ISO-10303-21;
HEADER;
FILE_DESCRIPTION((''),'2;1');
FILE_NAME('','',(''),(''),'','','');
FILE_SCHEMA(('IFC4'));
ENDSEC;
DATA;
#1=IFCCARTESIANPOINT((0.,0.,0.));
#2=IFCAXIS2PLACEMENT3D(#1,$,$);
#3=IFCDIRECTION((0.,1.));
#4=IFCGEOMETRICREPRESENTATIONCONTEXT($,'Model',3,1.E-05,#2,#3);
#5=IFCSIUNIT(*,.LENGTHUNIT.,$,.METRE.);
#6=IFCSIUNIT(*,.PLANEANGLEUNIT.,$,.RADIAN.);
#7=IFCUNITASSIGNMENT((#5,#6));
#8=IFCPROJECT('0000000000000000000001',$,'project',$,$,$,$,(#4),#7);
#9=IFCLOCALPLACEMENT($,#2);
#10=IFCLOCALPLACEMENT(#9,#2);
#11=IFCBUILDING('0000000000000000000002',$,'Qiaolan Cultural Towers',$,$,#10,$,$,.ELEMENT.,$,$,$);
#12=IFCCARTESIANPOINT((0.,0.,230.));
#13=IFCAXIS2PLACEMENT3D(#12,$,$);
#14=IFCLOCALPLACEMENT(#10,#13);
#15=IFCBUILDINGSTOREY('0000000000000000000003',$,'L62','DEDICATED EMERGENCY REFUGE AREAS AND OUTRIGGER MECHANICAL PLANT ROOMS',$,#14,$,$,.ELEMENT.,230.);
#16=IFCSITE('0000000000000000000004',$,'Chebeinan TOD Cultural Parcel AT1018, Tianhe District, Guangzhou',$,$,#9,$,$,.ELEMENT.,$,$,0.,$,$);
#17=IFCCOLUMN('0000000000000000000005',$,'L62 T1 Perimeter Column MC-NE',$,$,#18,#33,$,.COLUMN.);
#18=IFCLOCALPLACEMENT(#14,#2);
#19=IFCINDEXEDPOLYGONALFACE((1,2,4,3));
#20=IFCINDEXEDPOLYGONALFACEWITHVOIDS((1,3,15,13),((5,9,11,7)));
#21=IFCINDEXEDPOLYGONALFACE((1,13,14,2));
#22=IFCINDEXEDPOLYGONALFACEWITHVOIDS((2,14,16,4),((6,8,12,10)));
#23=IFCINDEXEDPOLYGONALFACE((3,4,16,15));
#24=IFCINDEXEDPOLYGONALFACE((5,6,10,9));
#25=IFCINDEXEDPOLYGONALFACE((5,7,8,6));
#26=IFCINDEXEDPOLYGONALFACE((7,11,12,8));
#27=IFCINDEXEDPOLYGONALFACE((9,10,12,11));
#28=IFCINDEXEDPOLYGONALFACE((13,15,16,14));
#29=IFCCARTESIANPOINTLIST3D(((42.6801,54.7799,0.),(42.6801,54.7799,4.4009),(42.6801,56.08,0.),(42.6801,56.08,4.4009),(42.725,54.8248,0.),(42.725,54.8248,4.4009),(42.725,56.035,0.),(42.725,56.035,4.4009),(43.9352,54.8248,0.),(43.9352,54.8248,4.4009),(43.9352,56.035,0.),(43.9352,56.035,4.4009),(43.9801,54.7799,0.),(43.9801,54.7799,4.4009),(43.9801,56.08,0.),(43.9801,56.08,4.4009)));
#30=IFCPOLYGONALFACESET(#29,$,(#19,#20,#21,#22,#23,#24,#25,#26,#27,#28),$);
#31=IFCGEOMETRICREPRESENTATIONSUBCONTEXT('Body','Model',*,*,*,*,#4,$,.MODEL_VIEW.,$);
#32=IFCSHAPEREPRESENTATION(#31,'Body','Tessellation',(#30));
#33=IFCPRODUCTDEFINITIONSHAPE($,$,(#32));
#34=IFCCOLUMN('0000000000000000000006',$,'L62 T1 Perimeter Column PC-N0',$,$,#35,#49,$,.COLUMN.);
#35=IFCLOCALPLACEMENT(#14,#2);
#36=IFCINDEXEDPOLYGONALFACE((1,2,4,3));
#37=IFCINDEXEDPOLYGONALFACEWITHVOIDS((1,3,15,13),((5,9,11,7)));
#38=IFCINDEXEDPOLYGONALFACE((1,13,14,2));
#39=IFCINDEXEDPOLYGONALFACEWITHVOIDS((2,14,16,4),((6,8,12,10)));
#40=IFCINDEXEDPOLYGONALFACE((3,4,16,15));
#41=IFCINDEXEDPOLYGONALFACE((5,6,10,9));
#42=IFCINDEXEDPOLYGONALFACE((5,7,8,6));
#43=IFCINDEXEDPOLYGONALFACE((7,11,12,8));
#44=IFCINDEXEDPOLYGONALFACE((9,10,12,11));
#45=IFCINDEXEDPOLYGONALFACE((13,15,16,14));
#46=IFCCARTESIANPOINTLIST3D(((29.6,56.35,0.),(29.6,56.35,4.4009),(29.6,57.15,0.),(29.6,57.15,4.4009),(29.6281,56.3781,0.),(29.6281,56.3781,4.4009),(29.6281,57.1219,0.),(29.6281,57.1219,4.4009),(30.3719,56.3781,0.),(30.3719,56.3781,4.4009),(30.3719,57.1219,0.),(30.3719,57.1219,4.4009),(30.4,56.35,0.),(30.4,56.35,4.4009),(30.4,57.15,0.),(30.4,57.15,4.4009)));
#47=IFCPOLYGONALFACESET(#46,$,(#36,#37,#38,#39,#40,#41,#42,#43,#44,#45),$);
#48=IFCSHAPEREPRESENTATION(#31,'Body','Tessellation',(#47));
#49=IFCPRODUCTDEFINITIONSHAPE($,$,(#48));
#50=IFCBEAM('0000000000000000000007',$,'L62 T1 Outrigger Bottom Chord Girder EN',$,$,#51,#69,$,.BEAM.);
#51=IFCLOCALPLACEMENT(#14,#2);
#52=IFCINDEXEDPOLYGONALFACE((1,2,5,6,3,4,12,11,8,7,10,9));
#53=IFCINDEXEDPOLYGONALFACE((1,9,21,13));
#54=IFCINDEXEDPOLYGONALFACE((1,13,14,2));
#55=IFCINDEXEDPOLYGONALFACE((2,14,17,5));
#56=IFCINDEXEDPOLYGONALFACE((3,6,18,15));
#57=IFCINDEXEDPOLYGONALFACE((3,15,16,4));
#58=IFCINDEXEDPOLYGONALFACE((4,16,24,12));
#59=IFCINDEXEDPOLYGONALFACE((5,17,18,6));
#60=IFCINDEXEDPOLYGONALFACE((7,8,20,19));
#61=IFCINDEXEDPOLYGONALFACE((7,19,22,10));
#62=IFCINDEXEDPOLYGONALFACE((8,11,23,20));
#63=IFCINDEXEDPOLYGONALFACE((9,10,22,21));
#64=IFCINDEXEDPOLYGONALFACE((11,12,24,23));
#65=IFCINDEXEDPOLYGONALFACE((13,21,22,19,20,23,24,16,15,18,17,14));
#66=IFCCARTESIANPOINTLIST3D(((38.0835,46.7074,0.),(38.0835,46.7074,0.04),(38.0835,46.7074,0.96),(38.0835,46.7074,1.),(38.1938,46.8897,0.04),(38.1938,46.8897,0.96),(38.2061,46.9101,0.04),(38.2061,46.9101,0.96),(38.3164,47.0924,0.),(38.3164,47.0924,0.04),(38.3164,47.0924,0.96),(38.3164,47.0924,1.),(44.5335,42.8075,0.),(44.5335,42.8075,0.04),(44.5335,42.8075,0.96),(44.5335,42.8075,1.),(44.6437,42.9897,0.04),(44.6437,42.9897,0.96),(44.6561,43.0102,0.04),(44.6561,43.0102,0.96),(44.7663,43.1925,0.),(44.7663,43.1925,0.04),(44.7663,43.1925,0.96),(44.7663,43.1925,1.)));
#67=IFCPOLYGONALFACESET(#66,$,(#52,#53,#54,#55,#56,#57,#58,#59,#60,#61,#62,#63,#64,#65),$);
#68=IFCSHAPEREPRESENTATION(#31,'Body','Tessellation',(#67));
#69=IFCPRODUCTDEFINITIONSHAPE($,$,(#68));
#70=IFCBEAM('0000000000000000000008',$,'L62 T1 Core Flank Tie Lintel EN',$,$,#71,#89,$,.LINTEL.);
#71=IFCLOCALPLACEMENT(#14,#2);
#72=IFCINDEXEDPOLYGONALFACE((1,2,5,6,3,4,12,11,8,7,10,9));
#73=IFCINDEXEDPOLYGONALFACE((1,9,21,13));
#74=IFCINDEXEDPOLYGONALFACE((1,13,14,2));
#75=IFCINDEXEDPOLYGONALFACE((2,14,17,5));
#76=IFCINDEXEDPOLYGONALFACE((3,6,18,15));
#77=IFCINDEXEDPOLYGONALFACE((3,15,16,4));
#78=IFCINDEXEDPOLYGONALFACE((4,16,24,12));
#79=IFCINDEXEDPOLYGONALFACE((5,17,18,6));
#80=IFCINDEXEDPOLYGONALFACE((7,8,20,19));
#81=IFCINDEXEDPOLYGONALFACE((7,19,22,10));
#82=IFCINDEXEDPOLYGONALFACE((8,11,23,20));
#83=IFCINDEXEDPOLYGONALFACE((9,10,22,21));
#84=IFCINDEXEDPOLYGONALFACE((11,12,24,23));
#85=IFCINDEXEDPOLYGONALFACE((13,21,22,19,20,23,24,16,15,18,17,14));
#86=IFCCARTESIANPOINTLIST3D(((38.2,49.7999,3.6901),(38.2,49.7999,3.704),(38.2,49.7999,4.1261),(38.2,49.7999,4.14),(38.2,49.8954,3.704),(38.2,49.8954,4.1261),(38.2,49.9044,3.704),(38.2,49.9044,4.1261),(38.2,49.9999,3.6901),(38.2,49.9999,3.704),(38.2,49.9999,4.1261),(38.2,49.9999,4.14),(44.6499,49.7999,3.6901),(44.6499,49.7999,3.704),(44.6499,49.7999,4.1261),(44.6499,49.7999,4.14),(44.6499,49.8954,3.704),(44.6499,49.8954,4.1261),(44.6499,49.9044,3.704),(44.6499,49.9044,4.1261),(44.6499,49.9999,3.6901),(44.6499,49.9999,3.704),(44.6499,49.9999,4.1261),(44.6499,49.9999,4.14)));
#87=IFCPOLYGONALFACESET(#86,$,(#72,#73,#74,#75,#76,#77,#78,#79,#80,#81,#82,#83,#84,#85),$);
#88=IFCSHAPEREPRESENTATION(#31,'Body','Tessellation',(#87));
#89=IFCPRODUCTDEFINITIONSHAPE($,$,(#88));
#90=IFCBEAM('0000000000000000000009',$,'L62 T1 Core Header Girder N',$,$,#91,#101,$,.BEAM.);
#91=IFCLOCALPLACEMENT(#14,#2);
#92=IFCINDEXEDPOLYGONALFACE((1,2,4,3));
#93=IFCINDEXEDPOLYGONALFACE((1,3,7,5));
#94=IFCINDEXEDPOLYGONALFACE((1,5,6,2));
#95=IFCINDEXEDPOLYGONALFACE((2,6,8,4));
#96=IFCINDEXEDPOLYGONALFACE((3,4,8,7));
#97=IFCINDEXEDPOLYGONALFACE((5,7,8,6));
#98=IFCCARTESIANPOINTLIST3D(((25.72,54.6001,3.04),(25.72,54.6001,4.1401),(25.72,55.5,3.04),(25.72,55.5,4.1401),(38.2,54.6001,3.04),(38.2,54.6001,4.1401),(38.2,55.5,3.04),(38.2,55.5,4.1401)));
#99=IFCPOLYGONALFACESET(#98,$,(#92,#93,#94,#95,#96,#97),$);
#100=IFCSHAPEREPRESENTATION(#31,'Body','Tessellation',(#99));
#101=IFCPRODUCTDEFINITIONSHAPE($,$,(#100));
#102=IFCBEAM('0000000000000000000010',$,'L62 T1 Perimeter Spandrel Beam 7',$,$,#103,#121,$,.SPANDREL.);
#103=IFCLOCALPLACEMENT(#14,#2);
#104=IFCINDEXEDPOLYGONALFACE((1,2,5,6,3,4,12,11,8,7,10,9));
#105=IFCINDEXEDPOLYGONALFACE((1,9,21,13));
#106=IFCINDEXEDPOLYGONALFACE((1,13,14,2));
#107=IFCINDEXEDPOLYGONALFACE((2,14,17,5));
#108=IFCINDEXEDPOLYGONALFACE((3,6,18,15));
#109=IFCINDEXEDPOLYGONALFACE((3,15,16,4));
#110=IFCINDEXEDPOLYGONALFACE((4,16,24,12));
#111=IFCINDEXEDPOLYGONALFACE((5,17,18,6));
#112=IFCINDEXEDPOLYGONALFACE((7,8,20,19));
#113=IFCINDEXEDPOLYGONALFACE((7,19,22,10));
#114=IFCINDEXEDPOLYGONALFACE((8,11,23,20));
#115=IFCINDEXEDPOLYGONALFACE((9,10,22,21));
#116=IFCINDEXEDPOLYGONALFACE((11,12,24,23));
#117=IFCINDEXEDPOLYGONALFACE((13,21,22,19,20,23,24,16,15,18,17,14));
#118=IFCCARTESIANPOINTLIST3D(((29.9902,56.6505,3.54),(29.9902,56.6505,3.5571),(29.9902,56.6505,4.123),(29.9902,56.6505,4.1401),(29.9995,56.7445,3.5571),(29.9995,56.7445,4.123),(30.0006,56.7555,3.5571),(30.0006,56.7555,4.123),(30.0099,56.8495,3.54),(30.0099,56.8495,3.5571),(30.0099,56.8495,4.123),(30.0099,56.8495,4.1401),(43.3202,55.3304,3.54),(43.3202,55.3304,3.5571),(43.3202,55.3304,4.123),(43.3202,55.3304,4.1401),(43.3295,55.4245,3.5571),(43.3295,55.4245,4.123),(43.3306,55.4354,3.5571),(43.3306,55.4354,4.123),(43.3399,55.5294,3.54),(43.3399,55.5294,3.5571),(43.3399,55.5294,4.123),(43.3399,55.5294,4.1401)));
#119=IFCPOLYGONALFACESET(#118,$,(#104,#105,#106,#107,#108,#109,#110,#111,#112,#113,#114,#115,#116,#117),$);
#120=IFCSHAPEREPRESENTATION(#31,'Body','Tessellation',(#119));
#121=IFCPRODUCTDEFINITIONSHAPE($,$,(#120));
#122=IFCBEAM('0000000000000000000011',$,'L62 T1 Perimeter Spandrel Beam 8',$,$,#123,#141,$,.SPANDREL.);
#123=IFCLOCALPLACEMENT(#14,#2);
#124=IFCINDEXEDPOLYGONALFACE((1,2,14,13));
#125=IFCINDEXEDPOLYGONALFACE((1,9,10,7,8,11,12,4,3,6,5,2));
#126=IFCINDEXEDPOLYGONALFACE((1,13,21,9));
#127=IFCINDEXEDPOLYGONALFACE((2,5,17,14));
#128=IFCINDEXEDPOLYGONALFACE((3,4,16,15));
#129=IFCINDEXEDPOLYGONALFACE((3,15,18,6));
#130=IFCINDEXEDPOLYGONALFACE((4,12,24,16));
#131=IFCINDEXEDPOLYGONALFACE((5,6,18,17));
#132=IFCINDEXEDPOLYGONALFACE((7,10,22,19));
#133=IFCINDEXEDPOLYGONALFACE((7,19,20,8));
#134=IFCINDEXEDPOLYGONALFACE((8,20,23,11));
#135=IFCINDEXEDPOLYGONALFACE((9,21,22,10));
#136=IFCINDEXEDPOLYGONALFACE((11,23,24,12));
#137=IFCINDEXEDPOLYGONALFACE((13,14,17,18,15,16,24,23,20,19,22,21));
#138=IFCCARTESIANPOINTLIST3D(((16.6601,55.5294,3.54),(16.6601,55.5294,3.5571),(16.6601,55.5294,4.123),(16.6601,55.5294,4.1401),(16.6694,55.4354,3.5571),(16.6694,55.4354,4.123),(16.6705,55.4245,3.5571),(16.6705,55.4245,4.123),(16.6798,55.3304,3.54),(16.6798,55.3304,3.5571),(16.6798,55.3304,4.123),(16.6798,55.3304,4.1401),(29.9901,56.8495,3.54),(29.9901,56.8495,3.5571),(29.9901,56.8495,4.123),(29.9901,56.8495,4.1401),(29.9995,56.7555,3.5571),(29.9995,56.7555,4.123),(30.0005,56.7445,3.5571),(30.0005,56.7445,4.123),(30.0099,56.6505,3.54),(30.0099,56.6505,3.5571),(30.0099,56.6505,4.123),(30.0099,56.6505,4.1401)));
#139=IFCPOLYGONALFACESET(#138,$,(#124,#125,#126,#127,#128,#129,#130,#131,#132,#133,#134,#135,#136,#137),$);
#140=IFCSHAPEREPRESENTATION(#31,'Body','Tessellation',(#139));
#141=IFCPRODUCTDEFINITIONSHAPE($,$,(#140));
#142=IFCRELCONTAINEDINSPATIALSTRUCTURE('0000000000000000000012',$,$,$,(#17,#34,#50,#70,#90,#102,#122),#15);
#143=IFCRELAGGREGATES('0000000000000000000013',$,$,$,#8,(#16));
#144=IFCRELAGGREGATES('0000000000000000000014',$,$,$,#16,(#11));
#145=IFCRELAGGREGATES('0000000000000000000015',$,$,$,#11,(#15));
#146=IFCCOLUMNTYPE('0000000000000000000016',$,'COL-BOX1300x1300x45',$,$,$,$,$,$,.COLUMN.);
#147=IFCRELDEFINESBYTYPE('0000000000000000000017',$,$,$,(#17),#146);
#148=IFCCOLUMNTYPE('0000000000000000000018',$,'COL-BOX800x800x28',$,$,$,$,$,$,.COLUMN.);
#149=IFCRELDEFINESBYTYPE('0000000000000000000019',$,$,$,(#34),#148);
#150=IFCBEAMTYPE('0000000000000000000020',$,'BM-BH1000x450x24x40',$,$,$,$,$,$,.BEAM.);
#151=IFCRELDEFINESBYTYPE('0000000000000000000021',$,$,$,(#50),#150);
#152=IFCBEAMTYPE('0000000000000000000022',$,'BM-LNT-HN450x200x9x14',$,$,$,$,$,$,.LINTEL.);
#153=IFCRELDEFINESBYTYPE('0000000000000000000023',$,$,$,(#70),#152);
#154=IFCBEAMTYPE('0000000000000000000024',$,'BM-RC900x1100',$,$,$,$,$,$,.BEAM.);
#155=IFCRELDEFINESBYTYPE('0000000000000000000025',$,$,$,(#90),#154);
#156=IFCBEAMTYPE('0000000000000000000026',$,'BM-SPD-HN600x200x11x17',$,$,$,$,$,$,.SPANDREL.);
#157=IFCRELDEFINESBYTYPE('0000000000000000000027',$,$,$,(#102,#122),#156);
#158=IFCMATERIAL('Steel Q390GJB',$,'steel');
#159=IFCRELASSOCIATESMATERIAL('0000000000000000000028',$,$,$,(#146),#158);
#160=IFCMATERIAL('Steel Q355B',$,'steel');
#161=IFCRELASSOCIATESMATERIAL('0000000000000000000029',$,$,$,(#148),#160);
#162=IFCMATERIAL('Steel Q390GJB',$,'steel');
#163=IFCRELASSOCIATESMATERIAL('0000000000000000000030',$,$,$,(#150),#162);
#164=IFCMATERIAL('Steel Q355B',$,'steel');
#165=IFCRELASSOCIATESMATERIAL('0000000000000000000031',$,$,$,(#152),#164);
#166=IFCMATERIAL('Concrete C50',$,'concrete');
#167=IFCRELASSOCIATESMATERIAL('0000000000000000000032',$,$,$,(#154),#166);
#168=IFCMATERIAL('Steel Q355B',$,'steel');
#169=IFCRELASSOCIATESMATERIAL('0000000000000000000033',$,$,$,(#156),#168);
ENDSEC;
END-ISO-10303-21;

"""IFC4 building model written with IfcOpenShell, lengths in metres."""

from ifc_helpers import new_model, si_unit, direction, frame, origin, origin_2d, place, context, subcontext, project, spatial, rectangle, hollow_rectangle, i_section, extrude, material, material_profile, profile_set, type_object, element, save


model = new_model("IFC4")

# Units and contexts
model_context = context("Model", 3, precision=1e-05, world=origin(), true_north=direction((0.0, 1.0)))
body_context = subcontext(model_context, "Body", "Model", "MODEL_VIEW")
ifc_project = project(units=[si_unit("LENGTHUNIT", "METRE"), si_unit("PLANEANGLEUNIT", "RADIAN")], contexts=[model_context])

# Site, building, storey
site_placement = place(None, origin())
site = spatial("IfcSite", under=ifc_project, at=site_placement, Name="Chebeinan TOD Cultural Parcel AT1018, Tianhe District, Guangzhou", CompositionType="ELEMENT", RefElevation=0.0)
building_placement = place(site_placement, origin())
building = spatial("IfcBuilding", under=site, at=building_placement, Name="Qiaolan Cultural Towers", CompositionType="ELEMENT")
storey_placement = place(building_placement, frame((0.0, 0.0, 230.0)))
storey = spatial("IfcBuildingStorey", under=building, at=storey_placement, Name="L62", Description="DEDICATED EMERGENCY REFUGE AREAS AND OUTRIGGER MECHANICAL PLANT ROOMS", CompositionType="ELEMENT", Elevation=230.0)

# Columns
ifc_material_1 = material(Name="Steel Q390GJB", Category="steel")
ifc_material_profile_1 = material_profile(ifc_material_1, hollow_rectangle(XDim=1.3, YDim=1.3, WallThickness=0.0449, at=origin_2d()), Name="BOX1300x1300x45")
ifc_profile_set_1 = profile_set([ifc_material_profile_1], Name="Steel Q390GJB")
column_type_1 = type_object("IfcColumnType", Name="COL-BOX1300x1300x45", PredefinedType="COLUMN", material=ifc_profile_set_1)
column_1_placement = place(storey_placement, frame((43.3301, 55.4299, 0.0), z_axis=(0.0, 0.0, 1.0), x_axis=(1.0, 0.0, 0.0)))
element("IfcColumn", 1, at=column_1_placement, inside=storey, type_object=column_type_1, Name="L62 T1 Perimeter Column MC-NE", PredefinedType="COLUMN", context=body_context, shape_type="SweptSolid", body=[
    extrude(hollow_rectangle(XDim=1.3, YDim=1.3, WallThickness=0.0449, at=origin_2d()), origin(), (0.0, 0.0, 1.0), 4.4009),
])
ifc_material_2 = material(Name="Steel Q355B", Category="steel")
ifc_material_profile_2 = material_profile(ifc_material_2, hollow_rectangle(XDim=0.8, YDim=0.8, WallThickness=0.0281, at=origin_2d()), Name="BOX800x800x28")
ifc_profile_set_2 = profile_set([ifc_material_profile_2], Name="Steel Q355B")
column_type_2 = type_object("IfcColumnType", Name="COL-BOX800x800x28", PredefinedType="COLUMN", material=ifc_profile_set_2)
column_2_placement = place(storey_placement, frame((30.0, 56.75, 0.0), z_axis=(0.0, 0.0, 1.0), x_axis=(1.0, 0.0, 0.0)))
element("IfcColumn", 2, at=column_2_placement, inside=storey, type_object=column_type_2, Name="L62 T1 Perimeter Column PC-N0", PredefinedType="COLUMN", context=body_context, shape_type="SweptSolid", body=[
    extrude(hollow_rectangle(XDim=0.8, YDim=0.8, WallThickness=0.0281, at=origin_2d()), origin(), (0.0, 0.0, 1.0), 4.4009),
])

# Beams
ifc_material_3 = material(Name="Steel Q390GJB", Category="steel")
ifc_material_profile_3 = material_profile(ifc_material_3, i_section(OverallWidth=0.45, OverallDepth=1.0, WebThickness=0.0239, FlangeThickness=0.04, at=origin_2d()), Name="BH1000x450x24x40")
ifc_profile_set_3 = profile_set([ifc_material_profile_3], Name="Steel Q390GJB")
beam_type_1 = type_object("IfcBeamType", Name="BM-BH1000x450x24x40", PredefinedType="BEAM", material=ifc_profile_set_3)
beam_1_placement = place(storey_placement, frame((38.2, 46.8999, 0.5), z_axis=(0.855736, -0.517413, 0.0), x_axis=(0.517413, 0.855736, 0.0)))
element("IfcBeam", 3, at=beam_1_placement, inside=storey, type_object=beam_type_1, Name="L62 T1 Outrigger Bottom Chord Girder EN", PredefinedType="BEAM", context=body_context, shape_type="SweptSolid", body=[
    extrude(i_section(OverallWidth=0.45, OverallDepth=1.0, WebThickness=0.0239, FlangeThickness=0.04, at=origin_2d()), origin(), (0.0, 0.0, 1.0), 7.5374),
])
ifc_material_4 = material(Name="Steel Q355B", Category="steel")
ifc_material_profile_4 = material_profile(ifc_material_4, i_section(OverallWidth=0.2, OverallDepth=0.45, WebThickness=0.009, FlangeThickness=0.0139, at=origin_2d()), Name="HN450x200x9x14")
ifc_profile_set_4 = profile_set([ifc_material_profile_4], Name="Steel Q355B")
beam_type_2 = type_object("IfcBeamType", Name="BM-LNT-HN450x200x9x14", PredefinedType="LINTEL", material=ifc_profile_set_4)
beam_2_placement = place(storey_placement, frame((38.2, 49.8999, 3.915), z_axis=(1.0, 0.0, 0.0), x_axis=(0.0, 1.0, 0.0)))
element("IfcBeam", 4, at=beam_2_placement, inside=storey, type_object=beam_type_2, Name="L62 T1 Core Flank Tie Lintel EN", PredefinedType="LINTEL", context=body_context, shape_type="SweptSolid", body=[
    extrude(i_section(OverallWidth=0.2, OverallDepth=0.45, WebThickness=0.009, FlangeThickness=0.0139, at=origin_2d()), origin(), (0.0, 0.0, 1.0), 6.45),
])
ifc_material_5 = material(Name="Concrete C50", Category="concrete")
ifc_material_profile_5 = material_profile(ifc_material_5, rectangle(XDim=0.8999, YDim=1.1001, at=origin_2d()), Name="RC900x1100")
ifc_profile_set_5 = profile_set([ifc_material_profile_5], Name="Concrete C50")
beam_type_3 = type_object("IfcBeamType", Name="BM-RC900x1100", PredefinedType="BEAM", material=ifc_profile_set_5)
beam_3_placement = place(storey_placement, frame((25.72, 55.05, 3.5901), z_axis=(1.0, 0.0, 0.0), x_axis=(0.0, 1.0, 0.0)))
element("IfcBeam", 5, at=beam_3_placement, inside=storey, type_object=beam_type_3, Name="L62 T1 Core Header Girder N", PredefinedType="BEAM", context=body_context, shape_type="SweptSolid", body=[
    extrude(rectangle(XDim=0.8999, YDim=1.1001, at=origin_2d()), origin(), (0.0, 0.0, 1.0), 12.48),
])
ifc_material_6 = material(Name="Steel Q355B", Category="steel")
ifc_material_profile_6 = material_profile(ifc_material_6, i_section(OverallWidth=0.2, OverallDepth=0.6001, WebThickness=0.011, FlangeThickness=0.0171, at=origin_2d()), Name="HN600x200x11x17")
ifc_profile_set_6 = profile_set([ifc_material_profile_6], Name="Steel Q355B")
beam_type_4 = type_object("IfcBeamType", Name="BM-SPD-HN600x200x11x17", PredefinedType="SPANDREL", material=ifc_profile_set_6)
for number, where, z_axis, x_axis, name in (
    (6, (43.3301, 55.4299, 3.8401), (-0.995132, 0.098547, 0.0), (-0.098547, -0.995132, 0.0), "L62 T1 Perimeter Spandrel Beam 7"),
    (7, (30.0, 56.75, 3.8401), (-0.995132, -0.098547, 0.0), (0.098547, -0.995132, 0.0), "L62 T1 Perimeter Spandrel Beam 8"),
):
    element("IfcBeam", number, at=place(storey_placement, frame(where, z_axis=z_axis, x_axis=x_axis)), inside=storey, type_object=beam_type_4, Name=name, PredefinedType="SPANDREL", context=body_context, shape_type="SweptSolid", body=[
        extrude(i_section(OverallWidth=0.2, OverallDepth=0.6001, WebThickness=0.011, FlangeThickness=0.0171, at=origin_2d()), origin(), (0.0, 0.0, 1.0), 13.3953),
    ])

save(model, "model.ifc")
